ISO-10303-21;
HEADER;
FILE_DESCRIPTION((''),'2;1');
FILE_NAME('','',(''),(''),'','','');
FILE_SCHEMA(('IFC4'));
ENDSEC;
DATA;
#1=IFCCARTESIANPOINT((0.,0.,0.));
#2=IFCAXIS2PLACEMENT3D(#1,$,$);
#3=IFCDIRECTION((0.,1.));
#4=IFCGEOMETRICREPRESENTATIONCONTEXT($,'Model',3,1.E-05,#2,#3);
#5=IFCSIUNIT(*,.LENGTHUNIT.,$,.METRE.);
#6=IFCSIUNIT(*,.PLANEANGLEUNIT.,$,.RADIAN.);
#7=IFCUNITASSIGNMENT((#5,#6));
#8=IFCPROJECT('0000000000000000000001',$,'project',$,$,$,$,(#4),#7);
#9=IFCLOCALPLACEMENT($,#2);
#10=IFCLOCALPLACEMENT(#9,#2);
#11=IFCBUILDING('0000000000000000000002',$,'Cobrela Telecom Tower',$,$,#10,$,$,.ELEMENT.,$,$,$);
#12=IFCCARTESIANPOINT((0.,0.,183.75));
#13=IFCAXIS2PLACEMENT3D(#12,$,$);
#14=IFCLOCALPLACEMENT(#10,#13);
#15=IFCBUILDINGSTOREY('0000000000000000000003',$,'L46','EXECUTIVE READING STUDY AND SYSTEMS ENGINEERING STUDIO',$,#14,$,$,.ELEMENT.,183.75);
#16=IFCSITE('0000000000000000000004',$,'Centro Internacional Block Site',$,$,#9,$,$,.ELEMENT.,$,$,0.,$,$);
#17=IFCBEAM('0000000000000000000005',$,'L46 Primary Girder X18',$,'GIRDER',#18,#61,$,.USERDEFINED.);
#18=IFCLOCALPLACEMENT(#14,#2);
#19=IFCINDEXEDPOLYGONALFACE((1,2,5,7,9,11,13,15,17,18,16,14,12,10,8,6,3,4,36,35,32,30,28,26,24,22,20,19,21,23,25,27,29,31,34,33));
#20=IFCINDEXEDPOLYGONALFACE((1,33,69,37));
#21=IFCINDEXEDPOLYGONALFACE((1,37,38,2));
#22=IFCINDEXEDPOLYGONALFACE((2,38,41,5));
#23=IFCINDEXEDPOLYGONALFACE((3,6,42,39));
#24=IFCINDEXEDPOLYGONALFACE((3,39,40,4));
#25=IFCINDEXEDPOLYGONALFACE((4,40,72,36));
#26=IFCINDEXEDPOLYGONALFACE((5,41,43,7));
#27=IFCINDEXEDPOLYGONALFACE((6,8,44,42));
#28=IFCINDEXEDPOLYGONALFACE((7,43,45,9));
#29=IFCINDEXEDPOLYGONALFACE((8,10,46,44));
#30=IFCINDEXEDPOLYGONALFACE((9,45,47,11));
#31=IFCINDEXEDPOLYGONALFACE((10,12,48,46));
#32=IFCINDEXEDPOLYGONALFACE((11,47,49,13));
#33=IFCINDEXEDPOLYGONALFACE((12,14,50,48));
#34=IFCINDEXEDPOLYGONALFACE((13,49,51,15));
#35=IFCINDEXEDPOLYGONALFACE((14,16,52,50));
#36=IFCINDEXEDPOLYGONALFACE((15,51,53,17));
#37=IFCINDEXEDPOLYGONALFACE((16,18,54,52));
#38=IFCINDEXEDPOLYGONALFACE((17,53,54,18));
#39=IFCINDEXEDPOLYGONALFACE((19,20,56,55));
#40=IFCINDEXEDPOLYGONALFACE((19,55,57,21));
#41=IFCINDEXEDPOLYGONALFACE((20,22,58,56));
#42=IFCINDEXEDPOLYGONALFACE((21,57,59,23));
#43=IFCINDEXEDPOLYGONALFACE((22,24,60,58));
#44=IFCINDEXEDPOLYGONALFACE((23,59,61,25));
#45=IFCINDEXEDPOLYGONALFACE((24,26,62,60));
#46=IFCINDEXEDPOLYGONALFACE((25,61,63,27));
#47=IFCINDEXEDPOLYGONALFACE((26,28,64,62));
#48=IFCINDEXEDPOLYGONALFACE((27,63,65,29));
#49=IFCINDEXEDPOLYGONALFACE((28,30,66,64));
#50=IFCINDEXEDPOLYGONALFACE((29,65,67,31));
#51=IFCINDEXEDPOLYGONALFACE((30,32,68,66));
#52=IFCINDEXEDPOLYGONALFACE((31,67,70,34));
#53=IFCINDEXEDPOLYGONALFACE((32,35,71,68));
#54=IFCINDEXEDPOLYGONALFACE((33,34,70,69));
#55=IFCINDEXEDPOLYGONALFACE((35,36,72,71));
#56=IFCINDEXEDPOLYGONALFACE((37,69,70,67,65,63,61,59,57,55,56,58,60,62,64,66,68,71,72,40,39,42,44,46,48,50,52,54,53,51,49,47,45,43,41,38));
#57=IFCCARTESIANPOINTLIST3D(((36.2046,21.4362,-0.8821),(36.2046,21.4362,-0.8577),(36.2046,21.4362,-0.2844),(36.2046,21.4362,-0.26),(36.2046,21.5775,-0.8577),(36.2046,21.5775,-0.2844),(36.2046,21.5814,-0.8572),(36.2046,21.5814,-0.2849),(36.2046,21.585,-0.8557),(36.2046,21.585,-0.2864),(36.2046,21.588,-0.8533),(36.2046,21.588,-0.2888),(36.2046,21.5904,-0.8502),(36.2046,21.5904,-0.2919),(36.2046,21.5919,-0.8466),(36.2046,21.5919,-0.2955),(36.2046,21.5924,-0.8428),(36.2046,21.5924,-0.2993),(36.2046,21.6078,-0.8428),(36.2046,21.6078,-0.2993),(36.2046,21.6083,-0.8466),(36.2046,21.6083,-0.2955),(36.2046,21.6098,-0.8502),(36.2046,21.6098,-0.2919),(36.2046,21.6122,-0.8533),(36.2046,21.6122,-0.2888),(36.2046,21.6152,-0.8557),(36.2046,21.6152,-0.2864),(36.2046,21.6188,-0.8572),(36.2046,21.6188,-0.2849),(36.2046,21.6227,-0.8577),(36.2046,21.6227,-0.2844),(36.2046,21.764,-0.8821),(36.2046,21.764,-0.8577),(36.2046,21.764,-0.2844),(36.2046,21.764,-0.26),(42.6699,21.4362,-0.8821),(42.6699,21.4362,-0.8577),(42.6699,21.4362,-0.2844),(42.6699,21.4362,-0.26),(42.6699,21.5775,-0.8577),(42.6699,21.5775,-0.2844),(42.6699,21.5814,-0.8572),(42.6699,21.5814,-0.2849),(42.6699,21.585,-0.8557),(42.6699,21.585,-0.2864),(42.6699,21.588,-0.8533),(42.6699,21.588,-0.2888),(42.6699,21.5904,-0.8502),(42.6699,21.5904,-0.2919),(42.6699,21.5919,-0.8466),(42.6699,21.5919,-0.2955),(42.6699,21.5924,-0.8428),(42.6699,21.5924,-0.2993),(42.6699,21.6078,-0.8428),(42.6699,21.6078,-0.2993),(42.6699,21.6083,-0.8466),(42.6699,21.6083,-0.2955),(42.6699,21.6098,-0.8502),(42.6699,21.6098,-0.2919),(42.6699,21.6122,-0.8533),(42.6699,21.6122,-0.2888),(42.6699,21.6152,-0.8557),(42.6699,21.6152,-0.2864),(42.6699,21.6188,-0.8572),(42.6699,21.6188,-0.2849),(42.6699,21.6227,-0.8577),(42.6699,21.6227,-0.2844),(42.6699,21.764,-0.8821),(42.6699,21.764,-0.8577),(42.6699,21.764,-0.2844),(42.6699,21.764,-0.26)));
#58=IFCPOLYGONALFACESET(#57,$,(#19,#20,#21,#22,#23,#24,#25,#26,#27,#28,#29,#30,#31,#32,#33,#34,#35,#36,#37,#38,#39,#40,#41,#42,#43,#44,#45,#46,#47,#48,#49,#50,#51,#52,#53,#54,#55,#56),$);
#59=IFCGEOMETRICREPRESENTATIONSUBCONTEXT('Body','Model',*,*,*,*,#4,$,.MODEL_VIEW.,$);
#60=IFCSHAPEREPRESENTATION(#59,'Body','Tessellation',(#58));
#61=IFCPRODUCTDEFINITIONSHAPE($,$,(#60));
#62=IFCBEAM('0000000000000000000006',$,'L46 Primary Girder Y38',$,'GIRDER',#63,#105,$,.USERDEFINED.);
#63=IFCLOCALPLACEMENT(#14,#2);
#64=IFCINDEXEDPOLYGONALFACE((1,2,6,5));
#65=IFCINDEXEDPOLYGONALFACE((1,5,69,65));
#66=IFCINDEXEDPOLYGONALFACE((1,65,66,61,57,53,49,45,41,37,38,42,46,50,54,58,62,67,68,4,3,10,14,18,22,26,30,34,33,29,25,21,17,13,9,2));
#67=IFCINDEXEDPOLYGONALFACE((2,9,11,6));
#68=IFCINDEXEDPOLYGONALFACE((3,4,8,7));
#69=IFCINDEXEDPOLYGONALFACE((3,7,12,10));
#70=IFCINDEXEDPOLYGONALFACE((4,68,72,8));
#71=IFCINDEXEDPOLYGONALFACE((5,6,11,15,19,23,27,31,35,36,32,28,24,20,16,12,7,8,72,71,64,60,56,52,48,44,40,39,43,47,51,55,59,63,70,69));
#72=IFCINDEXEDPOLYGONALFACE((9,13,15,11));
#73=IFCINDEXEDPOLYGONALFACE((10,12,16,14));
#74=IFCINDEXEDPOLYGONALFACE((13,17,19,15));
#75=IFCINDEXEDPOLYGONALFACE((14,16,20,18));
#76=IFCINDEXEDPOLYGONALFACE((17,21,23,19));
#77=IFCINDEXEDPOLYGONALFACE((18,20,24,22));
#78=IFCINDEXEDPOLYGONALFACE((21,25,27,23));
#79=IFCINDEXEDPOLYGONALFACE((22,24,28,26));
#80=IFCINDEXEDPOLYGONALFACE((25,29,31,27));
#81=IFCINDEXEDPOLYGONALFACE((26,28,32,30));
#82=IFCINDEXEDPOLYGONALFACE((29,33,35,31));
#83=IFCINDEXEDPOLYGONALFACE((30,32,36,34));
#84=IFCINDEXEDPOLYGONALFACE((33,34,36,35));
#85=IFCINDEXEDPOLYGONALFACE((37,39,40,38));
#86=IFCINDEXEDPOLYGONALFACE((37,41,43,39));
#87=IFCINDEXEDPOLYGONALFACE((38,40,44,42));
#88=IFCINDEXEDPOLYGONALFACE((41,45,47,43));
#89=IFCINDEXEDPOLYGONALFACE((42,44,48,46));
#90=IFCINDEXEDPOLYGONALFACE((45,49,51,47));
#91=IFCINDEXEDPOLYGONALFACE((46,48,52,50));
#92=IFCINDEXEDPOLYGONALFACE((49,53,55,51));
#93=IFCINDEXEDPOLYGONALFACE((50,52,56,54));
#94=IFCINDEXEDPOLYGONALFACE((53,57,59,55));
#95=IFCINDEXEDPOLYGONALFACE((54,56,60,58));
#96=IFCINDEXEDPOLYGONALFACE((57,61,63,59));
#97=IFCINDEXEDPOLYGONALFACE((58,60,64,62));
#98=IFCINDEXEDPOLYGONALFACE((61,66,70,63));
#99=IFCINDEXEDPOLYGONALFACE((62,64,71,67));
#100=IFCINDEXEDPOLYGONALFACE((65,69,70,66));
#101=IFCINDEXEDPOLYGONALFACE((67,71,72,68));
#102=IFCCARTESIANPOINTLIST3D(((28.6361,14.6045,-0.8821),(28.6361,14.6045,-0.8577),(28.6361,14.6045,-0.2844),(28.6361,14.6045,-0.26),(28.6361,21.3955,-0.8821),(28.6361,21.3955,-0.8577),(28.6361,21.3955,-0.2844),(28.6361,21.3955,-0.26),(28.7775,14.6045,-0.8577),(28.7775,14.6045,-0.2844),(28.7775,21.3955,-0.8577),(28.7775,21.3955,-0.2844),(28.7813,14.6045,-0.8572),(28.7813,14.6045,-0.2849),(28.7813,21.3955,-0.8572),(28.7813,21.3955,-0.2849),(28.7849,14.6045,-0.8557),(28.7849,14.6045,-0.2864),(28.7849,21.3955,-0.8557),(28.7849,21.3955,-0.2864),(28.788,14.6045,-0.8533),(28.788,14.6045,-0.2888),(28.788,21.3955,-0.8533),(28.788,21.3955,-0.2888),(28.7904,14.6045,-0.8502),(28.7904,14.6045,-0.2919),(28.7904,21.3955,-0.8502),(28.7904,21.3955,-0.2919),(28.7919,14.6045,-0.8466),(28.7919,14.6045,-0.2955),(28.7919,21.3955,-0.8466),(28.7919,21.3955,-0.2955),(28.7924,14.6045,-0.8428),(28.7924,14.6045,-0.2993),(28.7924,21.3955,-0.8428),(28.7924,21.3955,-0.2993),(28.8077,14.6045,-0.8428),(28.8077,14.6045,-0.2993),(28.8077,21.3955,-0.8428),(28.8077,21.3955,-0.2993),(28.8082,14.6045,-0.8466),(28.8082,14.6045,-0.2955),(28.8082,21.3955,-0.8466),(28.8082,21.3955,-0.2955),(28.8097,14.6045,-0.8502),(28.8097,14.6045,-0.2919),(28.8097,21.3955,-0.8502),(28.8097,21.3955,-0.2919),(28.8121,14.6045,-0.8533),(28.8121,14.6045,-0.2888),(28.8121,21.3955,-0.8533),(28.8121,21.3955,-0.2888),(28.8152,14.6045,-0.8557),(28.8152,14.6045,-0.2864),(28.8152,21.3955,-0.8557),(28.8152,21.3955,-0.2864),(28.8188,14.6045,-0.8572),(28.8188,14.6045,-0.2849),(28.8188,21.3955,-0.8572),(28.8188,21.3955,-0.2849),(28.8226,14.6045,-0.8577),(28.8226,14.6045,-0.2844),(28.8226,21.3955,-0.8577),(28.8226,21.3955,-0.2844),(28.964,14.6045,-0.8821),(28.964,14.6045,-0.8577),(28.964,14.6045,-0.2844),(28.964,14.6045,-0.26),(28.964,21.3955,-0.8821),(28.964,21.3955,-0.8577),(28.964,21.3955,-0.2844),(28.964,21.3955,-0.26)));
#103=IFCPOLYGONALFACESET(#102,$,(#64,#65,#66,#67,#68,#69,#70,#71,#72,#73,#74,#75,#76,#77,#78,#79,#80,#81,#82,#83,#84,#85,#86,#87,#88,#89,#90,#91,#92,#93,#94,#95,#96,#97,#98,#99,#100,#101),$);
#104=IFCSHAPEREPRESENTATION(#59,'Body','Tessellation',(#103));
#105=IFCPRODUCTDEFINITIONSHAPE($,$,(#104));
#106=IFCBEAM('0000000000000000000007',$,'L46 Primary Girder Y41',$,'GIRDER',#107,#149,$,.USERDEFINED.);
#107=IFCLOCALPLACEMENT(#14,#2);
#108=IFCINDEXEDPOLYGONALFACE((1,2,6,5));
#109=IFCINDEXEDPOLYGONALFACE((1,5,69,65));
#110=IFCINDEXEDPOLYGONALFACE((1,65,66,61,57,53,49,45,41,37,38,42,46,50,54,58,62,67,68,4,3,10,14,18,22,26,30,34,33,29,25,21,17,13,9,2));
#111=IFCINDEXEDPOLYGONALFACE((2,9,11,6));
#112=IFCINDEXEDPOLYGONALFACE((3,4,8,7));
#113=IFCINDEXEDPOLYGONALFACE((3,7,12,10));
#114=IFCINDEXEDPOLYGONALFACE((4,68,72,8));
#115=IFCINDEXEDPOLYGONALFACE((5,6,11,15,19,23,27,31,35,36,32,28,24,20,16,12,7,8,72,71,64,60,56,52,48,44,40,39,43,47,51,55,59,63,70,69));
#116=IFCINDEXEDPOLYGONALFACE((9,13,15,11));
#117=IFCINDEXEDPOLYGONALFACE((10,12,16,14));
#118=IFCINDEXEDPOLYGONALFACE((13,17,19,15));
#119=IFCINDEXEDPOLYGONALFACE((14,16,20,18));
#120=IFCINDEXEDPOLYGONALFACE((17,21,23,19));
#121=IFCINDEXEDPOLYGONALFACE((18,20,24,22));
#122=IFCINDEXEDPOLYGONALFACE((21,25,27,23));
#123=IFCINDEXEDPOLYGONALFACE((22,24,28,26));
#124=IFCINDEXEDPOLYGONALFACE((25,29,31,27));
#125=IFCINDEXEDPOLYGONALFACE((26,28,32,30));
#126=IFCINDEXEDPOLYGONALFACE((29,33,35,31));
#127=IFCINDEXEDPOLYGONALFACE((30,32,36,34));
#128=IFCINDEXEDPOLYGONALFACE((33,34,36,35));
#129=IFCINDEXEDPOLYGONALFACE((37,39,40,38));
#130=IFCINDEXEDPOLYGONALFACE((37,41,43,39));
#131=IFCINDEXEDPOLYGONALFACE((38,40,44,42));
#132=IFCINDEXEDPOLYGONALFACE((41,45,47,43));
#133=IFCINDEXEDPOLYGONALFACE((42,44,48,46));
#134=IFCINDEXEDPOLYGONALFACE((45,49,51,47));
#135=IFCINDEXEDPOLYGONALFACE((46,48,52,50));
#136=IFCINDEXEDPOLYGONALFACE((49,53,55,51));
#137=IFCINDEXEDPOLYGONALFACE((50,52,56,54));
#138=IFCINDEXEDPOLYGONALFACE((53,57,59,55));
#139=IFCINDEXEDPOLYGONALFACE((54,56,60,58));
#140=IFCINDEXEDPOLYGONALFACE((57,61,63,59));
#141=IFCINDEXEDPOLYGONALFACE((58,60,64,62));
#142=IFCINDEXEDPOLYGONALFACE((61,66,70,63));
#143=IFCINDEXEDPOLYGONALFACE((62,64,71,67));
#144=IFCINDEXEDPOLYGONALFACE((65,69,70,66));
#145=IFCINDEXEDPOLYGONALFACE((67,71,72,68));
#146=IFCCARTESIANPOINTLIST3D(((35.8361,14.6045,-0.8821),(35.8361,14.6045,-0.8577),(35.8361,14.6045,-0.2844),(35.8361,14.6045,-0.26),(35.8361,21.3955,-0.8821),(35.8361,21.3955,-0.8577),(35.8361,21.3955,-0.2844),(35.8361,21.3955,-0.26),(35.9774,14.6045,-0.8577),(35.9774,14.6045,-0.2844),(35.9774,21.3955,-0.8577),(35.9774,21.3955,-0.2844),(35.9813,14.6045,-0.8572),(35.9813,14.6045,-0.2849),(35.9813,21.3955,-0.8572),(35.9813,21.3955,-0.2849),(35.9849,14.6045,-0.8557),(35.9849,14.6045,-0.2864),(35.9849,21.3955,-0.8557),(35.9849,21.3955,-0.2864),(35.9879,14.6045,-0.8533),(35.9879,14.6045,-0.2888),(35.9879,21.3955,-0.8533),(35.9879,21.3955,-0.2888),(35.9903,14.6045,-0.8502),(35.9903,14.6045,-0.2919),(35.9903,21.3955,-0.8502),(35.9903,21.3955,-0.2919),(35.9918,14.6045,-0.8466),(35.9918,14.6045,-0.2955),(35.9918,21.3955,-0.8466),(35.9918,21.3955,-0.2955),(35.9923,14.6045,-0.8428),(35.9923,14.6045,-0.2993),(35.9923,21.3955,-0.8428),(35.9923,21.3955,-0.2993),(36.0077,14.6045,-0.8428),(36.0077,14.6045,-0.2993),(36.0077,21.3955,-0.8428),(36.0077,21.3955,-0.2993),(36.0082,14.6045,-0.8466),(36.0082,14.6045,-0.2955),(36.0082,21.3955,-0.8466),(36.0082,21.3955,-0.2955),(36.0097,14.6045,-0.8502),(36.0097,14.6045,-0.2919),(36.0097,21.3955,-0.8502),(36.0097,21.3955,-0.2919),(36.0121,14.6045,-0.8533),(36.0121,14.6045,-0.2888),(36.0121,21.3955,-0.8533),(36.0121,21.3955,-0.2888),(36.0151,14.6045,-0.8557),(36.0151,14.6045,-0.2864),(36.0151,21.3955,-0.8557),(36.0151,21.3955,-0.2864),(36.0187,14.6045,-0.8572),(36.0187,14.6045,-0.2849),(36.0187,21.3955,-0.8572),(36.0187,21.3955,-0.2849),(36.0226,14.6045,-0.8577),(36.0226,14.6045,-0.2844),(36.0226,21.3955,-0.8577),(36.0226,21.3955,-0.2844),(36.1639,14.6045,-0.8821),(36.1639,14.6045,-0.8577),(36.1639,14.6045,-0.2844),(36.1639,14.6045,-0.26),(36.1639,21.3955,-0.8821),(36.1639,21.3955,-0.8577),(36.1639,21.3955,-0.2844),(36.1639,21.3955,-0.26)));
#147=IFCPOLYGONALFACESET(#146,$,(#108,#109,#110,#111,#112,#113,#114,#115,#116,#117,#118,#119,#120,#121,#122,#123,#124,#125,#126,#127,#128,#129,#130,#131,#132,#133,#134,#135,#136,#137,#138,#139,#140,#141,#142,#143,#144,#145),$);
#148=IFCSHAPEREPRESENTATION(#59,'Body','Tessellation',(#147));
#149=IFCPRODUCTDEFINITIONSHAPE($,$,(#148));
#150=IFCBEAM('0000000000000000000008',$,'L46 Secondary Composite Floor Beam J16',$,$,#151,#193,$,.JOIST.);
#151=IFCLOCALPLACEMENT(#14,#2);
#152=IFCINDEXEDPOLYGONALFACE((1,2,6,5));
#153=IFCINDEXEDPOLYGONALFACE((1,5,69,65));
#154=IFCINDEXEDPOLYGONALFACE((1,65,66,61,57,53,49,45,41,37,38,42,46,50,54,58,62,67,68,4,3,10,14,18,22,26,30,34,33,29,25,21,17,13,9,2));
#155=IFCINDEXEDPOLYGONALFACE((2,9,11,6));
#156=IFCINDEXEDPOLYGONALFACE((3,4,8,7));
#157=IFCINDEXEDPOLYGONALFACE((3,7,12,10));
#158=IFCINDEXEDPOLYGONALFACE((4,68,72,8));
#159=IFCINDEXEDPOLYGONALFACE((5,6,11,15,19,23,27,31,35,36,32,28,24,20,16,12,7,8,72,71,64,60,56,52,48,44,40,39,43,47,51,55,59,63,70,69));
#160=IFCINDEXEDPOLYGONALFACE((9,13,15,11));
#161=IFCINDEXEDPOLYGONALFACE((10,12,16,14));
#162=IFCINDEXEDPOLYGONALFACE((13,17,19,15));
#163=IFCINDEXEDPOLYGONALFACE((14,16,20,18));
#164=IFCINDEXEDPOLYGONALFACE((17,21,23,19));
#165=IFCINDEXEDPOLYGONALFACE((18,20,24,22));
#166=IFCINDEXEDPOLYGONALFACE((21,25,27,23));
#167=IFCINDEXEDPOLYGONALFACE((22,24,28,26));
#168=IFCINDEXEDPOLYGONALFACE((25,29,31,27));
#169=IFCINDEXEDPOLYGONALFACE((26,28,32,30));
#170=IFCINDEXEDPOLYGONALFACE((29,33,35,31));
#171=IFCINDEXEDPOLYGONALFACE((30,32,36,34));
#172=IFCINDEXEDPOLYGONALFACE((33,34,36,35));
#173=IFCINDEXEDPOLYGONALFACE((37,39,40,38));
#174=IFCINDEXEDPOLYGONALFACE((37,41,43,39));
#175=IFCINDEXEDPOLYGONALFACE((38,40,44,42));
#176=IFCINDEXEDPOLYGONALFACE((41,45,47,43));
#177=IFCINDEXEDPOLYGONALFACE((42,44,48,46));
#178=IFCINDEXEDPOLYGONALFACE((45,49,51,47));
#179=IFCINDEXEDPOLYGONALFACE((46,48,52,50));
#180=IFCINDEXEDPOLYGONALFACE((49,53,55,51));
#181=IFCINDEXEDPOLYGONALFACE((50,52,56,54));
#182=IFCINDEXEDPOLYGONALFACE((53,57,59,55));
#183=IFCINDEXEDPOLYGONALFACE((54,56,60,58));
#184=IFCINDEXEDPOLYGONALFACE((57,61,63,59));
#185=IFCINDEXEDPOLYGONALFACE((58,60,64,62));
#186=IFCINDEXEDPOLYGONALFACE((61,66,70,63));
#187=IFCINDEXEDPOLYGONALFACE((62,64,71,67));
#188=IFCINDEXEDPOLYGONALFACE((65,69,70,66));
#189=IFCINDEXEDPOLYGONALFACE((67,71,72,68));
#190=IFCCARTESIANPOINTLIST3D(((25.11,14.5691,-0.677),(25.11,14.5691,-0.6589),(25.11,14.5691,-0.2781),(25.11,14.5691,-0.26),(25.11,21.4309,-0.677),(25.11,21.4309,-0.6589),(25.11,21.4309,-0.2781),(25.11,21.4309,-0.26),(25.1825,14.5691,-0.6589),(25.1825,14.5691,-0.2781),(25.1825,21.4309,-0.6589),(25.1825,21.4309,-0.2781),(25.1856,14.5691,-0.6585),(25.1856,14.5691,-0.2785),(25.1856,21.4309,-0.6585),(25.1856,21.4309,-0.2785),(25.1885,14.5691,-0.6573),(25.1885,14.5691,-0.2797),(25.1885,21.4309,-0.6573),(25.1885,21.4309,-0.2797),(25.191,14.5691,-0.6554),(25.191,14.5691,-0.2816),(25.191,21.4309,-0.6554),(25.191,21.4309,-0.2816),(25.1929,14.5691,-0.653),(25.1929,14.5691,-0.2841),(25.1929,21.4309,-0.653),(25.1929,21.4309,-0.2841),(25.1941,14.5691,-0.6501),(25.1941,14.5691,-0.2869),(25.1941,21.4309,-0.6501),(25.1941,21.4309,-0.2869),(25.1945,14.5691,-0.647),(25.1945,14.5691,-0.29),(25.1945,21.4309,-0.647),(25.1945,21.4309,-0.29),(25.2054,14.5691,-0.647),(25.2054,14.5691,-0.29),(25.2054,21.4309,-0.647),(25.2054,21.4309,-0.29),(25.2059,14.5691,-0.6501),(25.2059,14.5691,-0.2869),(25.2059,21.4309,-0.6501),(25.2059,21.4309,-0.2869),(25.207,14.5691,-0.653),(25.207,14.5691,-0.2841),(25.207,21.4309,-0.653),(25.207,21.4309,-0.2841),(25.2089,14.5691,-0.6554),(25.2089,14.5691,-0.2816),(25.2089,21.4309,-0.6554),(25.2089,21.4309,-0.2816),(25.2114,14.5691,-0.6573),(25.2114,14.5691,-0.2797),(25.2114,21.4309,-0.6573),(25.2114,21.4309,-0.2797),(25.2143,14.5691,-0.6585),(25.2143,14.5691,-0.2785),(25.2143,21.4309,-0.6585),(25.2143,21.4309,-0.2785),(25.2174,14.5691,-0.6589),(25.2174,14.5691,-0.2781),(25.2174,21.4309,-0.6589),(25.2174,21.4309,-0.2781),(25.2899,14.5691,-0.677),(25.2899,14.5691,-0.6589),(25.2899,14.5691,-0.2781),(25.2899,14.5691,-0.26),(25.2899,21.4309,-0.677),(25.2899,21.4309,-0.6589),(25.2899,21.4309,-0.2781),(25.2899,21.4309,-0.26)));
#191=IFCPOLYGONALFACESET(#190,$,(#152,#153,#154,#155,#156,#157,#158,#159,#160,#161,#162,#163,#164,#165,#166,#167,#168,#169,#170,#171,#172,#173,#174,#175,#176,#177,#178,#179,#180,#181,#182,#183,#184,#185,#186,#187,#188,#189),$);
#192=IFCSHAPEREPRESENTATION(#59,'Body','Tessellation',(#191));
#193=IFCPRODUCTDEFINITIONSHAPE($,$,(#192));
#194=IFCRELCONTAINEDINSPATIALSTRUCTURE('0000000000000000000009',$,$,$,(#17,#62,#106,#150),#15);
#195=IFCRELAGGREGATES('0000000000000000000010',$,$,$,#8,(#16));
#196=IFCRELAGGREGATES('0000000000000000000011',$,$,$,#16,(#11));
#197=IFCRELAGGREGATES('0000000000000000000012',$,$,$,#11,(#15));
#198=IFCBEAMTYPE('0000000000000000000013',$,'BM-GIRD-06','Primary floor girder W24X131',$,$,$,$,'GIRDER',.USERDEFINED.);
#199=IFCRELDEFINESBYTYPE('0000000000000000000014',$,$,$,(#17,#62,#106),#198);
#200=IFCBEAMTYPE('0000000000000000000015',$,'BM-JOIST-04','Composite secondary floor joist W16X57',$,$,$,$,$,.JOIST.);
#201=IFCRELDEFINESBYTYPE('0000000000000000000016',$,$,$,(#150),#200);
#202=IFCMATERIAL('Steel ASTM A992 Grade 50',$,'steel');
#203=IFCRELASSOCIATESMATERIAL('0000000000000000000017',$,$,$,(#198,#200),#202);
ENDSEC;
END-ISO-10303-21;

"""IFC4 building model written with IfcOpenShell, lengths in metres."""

from ifc_helpers import new_model, si_unit, direction, frame, origin, origin_2d, place, context, subcontext, project, spatial, i_section, extrude, material, material_profile, profile_set, type_object, element, save


model = new_model("IFC4")

# Units and contexts
model_context = context("Model", 3, precision=1e-05, world=origin(), true_north=direction((0.0, 1.0)))
body_context = subcontext(model_context, "Body", "Model", "MODEL_VIEW")
ifc_project = project(units=[si_unit("LENGTHUNIT", "METRE"), si_unit("PLANEANGLEUNIT", "RADIAN")], contexts=[model_context])

# Site, building, storey
site_placement = place(None, origin())
site = spatial("IfcSite", under=ifc_project, at=site_placement, Name="Centro Internacional Block Site", CompositionType="ELEMENT", RefElevation=0.0)
building_placement = place(site_placement, origin())
building = spatial("IfcBuilding", under=site, at=building_placement, Name="Cobrela Telecom Tower", CompositionType="ELEMENT")
storey_placement = place(building_placement, frame((0.0, 0.0, 183.75)))
storey = spatial("IfcBuildingStorey", under=building, at=storey_placement, Name="L46", Description="EXECUTIVE READING STUDY AND SYSTEMS ENGINEERING STUDIO", CompositionType="ELEMENT", Elevation=183.75)

# Shared definitions
ifc_material_1 = material(Name="Steel ASTM A992 Grade 50", Category="steel")

# Beams
ifc_material_profile_1 = material_profile(ifc_material_1, i_section(OverallWidth=0.3279, OverallDepth=0.6221, WebThickness=0.0154, FlangeThickness=0.0244, FilletRadius=0.0149, at=origin_2d()), Name="W24X131")
ifc_profile_set_1 = profile_set([ifc_material_profile_1], Name="Steel ASTM A992 Grade 50")
beam_type_1 = type_object("IfcBeamType", Name="BM-GIRD-06", Description="Primary floor girder W24X131", ElementType="GIRDER", PredefinedType="USERDEFINED", material=ifc_profile_set_1)
beam_1_placement = place(storey_placement, frame((36.2046, 21.6001, -0.571), z_axis=(1.0, 0.0, 0.0), x_axis=(0.0, 1.0, 0.0)))
element("IfcBeam", 1, at=beam_1_placement, inside=storey, type_object=beam_type_1, Name="L46 Primary Girder X18", ObjectType="GIRDER", PredefinedType="USERDEFINED", context=body_context, shape_type="SweptSolid", body=[
    extrude(i_section(OverallWidth=0.3279, OverallDepth=0.6221, WebThickness=0.0154, FlangeThickness=0.0244, FilletRadius=0.0149, at=origin_2d()), origin(), (0.0, 0.0, 1.0), 6.4653),
])
for number, where, z_axis, x_axis, name in (
    (2, (28.8, 14.6045, -0.571), (0.0, 1.0, 0.0), (-1.0, 0.0, 0.0), "L46 Primary Girder Y38"),
    (3, (36.0, 14.6045, -0.571), (0.0, 1.0, 0.0), (-1.0, 0.0, 0.0), "L46 Primary Girder Y41"),
):
    element("IfcBeam", number, at=place(storey_placement, frame(where, z_axis=z_axis, x_axis=x_axis)), inside=storey, type_object=beam_type_1, Name=name, ObjectType="GIRDER", PredefinedType="USERDEFINED", context=body_context, shape_type="SweptSolid", body=[
        extrude(i_section(OverallWidth=0.3279, OverallDepth=0.6221, WebThickness=0.0154, FlangeThickness=0.0244, FilletRadius=0.0149, at=origin_2d()), origin(), (0.0, 0.0, 1.0), 6.791),
    ])
ifc_material_profile_2 = material_profile(ifc_material_1, i_section(OverallWidth=0.1799, OverallDepth=0.417, WebThickness=0.011, FlangeThickness=0.0181, FilletRadius=0.012, at=origin_2d()), Name="W16X57")
ifc_profile_set_2 = profile_set([ifc_material_profile_2], Name="Steel ASTM A992 Grade 50")
beam_type_2 = type_object("IfcBeamType", Name="BM-JOIST-04", Description="Composite secondary floor joist W16X57", PredefinedType="JOIST", material=ifc_profile_set_2)
for number, where, z_axis, x_axis, name in (
    (4, (25.2, 14.5691, -0.4685), (0.0, 1.0, 0.0), (-1.0, 0.0, 0.0), "L46 Secondary Composite Floor Beam J16"),
):
    element("IfcBeam", number, at=place(storey_placement, frame(where, z_axis=z_axis, x_axis=x_axis)), inside=storey, type_object=beam_type_2, Name=name, PredefinedType="JOIST", context=body_context, shape_type="SweptSolid", body=[
        extrude(i_section(OverallWidth=0.1799, OverallDepth=0.417, WebThickness=0.011, FlangeThickness=0.0181, FilletRadius=0.012, at=origin_2d()), origin(), (0.0, 0.0, 1.0), 6.8618),
    ])

save(model, "model.ifc")
